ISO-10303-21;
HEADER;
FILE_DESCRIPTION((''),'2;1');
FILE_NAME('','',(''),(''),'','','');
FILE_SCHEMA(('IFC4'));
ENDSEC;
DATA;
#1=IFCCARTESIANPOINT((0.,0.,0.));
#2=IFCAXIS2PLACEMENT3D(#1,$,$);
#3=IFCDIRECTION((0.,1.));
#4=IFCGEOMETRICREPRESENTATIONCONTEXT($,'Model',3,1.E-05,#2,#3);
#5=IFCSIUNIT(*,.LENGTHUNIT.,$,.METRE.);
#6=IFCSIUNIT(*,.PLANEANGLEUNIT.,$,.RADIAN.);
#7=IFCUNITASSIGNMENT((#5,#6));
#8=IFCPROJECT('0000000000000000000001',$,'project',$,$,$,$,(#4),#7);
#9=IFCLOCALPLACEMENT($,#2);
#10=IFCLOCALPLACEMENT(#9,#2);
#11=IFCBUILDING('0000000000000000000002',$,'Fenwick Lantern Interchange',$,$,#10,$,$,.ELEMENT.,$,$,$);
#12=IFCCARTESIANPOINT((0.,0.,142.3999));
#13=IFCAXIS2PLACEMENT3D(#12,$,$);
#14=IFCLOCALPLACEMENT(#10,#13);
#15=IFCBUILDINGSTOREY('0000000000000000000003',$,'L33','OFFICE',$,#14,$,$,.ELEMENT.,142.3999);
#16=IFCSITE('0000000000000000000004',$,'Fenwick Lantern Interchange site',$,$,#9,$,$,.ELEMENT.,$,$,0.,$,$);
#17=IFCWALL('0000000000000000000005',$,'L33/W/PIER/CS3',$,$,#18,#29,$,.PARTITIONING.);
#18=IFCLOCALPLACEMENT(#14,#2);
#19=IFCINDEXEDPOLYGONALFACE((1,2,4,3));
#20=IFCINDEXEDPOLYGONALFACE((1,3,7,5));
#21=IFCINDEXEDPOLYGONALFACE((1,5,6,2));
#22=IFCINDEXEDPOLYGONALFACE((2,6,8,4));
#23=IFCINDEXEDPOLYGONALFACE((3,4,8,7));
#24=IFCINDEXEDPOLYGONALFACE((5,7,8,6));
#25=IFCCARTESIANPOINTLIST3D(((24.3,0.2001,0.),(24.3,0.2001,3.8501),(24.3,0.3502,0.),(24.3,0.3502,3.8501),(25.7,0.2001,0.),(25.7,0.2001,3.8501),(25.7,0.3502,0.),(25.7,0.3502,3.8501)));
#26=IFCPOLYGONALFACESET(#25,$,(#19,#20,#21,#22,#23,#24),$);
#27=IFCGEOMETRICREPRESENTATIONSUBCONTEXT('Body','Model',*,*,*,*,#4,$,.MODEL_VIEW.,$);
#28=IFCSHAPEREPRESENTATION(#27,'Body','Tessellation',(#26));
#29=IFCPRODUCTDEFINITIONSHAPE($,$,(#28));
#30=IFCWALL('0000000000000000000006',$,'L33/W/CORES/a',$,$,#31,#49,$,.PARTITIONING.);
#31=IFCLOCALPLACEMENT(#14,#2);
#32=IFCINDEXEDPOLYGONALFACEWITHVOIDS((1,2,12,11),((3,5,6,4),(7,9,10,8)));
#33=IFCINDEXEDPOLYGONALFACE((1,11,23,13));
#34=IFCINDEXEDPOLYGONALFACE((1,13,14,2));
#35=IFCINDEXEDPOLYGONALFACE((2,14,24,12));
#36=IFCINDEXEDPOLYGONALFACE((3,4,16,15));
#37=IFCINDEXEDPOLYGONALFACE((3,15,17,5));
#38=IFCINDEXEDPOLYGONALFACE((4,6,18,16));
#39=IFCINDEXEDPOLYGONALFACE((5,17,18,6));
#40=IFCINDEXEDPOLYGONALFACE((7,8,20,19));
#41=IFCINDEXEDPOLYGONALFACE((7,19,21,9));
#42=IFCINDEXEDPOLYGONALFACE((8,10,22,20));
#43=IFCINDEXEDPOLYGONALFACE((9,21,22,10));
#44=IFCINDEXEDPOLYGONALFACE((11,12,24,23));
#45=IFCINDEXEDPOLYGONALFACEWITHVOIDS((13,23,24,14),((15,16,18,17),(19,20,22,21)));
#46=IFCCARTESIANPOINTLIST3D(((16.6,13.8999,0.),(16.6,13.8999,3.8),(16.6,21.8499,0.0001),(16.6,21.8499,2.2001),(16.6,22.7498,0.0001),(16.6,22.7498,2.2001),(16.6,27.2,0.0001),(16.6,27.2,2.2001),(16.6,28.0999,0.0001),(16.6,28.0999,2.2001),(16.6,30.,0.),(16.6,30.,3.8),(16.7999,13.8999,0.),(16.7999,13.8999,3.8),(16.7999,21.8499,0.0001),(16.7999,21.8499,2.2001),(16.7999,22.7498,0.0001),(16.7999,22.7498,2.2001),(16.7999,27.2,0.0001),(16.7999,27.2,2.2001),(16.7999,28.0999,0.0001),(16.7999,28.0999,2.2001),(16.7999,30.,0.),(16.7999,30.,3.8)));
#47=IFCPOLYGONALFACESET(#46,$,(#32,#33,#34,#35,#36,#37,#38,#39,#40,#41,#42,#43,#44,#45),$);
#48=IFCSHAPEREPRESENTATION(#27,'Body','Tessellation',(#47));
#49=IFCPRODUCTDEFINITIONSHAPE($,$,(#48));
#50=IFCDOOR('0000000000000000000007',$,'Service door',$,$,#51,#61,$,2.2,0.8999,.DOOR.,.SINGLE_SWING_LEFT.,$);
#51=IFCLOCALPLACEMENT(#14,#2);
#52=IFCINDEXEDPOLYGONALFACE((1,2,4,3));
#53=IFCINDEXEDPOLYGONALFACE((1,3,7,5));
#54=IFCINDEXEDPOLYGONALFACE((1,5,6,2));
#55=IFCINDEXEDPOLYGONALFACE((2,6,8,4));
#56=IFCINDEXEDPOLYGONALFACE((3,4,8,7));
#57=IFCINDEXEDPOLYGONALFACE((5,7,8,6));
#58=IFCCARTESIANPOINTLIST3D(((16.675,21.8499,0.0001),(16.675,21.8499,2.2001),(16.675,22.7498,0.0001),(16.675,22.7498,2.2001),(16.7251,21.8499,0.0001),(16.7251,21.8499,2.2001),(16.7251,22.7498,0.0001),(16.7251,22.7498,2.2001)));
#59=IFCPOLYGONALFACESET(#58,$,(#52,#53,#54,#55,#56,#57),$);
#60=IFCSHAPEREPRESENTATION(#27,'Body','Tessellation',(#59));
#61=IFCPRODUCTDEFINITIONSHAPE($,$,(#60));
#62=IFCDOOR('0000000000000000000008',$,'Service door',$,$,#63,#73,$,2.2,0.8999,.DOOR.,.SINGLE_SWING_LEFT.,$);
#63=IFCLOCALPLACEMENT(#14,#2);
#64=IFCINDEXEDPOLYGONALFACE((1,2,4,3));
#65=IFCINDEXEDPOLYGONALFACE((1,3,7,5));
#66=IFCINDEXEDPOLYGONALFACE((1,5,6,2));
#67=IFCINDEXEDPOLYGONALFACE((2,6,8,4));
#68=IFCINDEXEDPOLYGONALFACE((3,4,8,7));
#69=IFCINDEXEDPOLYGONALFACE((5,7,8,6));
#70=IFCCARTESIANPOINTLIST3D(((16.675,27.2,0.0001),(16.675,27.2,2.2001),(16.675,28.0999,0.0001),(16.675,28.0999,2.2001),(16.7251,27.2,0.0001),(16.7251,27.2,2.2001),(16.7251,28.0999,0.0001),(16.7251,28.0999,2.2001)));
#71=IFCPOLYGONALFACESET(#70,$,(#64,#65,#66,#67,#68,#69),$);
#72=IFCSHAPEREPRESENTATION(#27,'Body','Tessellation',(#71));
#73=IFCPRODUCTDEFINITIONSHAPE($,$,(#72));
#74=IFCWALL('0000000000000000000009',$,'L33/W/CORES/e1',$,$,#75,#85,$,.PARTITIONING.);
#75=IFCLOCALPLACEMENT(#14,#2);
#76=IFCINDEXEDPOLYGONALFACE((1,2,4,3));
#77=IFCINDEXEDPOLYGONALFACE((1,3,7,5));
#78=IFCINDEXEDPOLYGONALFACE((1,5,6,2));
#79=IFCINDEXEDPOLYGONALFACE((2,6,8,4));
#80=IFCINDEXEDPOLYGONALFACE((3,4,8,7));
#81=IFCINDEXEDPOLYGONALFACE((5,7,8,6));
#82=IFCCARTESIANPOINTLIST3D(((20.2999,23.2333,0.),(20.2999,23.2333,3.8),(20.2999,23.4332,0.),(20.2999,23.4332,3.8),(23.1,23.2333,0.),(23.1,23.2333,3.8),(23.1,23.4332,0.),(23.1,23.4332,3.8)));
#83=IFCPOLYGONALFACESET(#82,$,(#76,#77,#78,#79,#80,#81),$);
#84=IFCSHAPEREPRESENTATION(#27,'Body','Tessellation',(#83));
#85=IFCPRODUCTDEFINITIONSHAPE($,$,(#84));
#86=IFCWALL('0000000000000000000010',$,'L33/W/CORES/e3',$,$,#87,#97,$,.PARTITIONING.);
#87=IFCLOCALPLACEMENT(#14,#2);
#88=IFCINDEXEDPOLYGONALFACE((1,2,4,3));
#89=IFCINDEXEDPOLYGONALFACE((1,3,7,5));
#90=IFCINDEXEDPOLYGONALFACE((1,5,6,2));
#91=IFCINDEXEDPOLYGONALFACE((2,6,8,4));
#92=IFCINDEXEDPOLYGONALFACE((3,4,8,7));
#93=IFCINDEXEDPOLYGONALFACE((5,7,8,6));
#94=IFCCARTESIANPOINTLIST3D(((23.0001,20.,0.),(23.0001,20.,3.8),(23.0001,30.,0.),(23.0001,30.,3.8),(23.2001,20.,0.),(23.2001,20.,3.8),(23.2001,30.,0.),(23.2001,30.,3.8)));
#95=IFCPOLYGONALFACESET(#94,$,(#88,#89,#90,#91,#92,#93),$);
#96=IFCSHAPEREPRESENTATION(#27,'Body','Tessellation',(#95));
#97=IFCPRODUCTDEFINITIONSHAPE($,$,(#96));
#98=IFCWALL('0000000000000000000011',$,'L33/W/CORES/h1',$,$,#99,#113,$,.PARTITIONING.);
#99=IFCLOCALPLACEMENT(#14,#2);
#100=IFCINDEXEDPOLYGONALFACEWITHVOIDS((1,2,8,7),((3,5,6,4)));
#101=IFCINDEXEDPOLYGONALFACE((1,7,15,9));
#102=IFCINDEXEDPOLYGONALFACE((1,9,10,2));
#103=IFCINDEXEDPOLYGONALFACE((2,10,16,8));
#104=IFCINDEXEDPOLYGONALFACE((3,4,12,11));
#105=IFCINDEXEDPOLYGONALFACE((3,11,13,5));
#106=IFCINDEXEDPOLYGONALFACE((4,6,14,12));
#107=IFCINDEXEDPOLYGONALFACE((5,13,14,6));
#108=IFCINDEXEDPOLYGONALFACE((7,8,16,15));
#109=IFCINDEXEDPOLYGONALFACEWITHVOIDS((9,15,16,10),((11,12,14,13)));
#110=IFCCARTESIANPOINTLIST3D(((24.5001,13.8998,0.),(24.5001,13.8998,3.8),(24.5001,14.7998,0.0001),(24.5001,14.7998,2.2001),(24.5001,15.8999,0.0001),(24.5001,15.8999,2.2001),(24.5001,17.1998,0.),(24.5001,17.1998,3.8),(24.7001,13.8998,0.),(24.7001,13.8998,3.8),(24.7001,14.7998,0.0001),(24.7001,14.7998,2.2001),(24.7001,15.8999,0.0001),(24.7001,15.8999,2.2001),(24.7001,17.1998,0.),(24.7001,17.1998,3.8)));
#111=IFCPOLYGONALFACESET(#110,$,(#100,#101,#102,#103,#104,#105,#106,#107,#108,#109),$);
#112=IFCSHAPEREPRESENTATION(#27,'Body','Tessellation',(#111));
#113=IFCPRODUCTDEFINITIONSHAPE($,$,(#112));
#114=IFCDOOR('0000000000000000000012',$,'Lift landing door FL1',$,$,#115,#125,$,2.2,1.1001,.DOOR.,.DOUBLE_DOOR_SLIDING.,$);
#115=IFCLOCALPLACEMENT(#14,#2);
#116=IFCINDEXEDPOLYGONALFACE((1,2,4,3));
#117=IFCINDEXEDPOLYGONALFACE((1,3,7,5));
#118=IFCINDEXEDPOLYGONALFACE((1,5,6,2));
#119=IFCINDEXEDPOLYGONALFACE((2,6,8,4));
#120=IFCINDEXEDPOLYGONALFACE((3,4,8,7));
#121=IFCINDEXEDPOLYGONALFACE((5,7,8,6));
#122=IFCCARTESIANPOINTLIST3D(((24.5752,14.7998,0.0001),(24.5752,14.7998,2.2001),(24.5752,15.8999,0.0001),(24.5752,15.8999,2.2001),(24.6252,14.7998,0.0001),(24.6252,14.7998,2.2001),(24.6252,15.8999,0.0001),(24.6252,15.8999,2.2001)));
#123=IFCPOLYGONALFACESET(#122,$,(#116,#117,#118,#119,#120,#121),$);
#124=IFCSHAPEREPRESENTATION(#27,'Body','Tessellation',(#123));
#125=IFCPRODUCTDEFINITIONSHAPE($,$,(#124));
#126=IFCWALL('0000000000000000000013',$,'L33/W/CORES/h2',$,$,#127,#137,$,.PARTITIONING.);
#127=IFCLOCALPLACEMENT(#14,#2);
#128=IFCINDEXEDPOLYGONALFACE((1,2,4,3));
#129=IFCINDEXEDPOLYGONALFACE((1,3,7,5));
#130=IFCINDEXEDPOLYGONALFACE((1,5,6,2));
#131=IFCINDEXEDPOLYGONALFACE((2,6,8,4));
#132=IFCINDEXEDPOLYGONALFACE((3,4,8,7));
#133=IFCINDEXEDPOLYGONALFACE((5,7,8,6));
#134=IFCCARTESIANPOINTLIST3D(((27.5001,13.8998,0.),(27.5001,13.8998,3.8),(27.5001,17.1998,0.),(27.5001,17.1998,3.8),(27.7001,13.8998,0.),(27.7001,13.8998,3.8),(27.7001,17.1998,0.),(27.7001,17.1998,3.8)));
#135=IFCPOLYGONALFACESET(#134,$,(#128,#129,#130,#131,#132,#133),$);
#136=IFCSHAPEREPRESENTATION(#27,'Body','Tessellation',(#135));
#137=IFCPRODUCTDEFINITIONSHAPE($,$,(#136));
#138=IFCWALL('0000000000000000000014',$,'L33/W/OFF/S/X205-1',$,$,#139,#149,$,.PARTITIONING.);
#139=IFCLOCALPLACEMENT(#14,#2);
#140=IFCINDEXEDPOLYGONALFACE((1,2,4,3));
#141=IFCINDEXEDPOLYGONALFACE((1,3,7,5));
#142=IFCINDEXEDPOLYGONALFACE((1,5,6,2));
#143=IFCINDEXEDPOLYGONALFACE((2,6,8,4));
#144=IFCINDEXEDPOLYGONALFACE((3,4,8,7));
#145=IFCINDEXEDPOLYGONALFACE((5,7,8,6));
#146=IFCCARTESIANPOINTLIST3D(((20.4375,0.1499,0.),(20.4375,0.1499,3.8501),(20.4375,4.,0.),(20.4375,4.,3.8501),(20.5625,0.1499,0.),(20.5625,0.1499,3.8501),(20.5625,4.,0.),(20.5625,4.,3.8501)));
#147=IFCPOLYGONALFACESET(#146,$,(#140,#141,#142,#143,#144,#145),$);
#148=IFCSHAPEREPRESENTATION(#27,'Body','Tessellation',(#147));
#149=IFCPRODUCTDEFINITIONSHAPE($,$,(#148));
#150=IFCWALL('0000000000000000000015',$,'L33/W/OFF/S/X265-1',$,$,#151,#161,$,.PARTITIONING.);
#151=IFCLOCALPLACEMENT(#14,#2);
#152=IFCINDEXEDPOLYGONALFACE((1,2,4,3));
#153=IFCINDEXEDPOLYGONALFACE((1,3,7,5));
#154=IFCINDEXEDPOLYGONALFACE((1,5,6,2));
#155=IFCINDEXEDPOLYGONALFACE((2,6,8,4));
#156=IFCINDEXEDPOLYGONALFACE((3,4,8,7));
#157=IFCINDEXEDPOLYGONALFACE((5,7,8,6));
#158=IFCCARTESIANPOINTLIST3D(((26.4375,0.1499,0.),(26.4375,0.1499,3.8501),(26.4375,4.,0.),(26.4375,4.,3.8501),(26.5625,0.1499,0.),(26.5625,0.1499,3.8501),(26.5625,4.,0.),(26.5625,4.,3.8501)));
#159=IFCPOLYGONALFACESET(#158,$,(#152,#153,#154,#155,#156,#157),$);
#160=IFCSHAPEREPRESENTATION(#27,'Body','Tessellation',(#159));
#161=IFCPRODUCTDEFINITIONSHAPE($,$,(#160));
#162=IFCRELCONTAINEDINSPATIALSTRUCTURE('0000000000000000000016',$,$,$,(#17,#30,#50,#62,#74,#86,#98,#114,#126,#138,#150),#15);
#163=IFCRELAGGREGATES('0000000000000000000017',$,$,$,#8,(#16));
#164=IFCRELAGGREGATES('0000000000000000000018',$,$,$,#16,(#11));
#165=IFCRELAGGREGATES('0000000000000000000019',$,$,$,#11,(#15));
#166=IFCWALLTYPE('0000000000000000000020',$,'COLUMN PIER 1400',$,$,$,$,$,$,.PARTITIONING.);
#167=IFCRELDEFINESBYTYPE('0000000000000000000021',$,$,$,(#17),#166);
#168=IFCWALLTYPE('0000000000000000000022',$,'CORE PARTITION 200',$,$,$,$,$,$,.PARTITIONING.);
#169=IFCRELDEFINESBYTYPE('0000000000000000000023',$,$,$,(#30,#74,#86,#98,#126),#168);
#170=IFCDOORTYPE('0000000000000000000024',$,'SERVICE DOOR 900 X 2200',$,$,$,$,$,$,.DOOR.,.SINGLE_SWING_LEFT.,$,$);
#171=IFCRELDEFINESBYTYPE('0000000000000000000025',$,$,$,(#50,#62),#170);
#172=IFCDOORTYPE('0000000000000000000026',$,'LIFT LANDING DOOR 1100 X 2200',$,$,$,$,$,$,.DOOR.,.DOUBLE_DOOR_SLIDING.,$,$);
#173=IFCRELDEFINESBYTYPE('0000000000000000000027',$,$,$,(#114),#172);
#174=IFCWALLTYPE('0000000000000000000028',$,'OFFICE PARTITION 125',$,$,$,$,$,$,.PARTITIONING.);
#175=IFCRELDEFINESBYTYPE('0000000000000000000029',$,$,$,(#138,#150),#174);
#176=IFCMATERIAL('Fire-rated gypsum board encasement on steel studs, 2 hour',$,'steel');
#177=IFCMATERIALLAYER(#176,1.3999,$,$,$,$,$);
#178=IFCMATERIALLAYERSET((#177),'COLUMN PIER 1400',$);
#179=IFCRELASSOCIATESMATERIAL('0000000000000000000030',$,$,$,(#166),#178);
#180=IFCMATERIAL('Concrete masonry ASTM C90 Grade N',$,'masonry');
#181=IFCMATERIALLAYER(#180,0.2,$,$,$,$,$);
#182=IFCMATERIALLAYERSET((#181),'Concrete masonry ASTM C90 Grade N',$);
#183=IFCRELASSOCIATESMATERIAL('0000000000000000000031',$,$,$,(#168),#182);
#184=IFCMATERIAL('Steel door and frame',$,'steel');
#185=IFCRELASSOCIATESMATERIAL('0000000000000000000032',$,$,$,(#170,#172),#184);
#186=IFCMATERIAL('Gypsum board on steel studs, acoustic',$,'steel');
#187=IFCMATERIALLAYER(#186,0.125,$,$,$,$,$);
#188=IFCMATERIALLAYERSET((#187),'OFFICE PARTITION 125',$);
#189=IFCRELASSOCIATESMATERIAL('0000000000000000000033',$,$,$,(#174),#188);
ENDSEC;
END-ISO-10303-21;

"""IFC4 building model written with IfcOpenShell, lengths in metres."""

from ifc_helpers import new_model, si_unit, direction, frame, frame_2d, origin, place, context, subcontext, project, spatial, rectangle, extrude, material, layer, layer_set, type_object, element, fill, save


model = new_model("IFC4")

# Units and contexts
model_context = context("Model", 3, precision=1e-05, world=origin(), true_north=direction((0.0, 1.0)))
body_context = subcontext(model_context, "Body", "Model", "MODEL_VIEW")
ifc_project = project(units=[si_unit("LENGTHUNIT", "METRE"), si_unit("PLANEANGLEUNIT", "RADIAN")], contexts=[model_context])

# Site, building, storey
site_placement = place(None, origin())
site = spatial("IfcSite", under=ifc_project, at=site_placement, Name="Fenwick Lantern Interchange site", CompositionType="ELEMENT", RefElevation=0.0)
building_placement = place(site_placement, origin())
building = spatial("IfcBuilding", under=site, at=building_placement, Name="Fenwick Lantern Interchange", CompositionType="ELEMENT")
storey_placement = place(building_placement, frame((0.0, 0.0, 142.3999)))
storey = spatial("IfcBuildingStorey", under=building, at=storey_placement, Name="L33", Description="OFFICE", CompositionType="ELEMENT", Elevation=142.3999)

# Wall
ifc_material_1 = material(Name="Fire-rated gypsum board encasement on steel studs, 2 hour", Category="steel")
ifc_layer_1 = layer(ifc_material_1, 1.3999)
ifc_layer_set_1 = layer_set([ifc_layer_1], Name="COLUMN PIER 1400")
wall_type_1 = type_object("IfcWallType", Name="COLUMN PIER 1400", PredefinedType="PARTITIONING", material=ifc_layer_set_1)
wall_1_placement = place(storey_placement, frame((25.0, 0.2, 0.0), z_axis=(0.0, 0.0, 1.0), x_axis=(0.0, 1.0, 0.0)))
element("IfcWall", 1, at=wall_1_placement, inside=storey, type_object=wall_type_1, Name="L33/W/PIER/CS3", PredefinedType="PARTITIONING", context=body_context, shape_type="SweptSolid", body=[
    extrude(rectangle(XDim=0.1501, YDim=1.3999, at=frame_2d((0.0752, 0.0))), origin(), (0.0, 0.0, 1.0), 3.8501),
])

# Wall, openings, doors
ifc_material_2 = material(Name="Concrete masonry ASTM C90 Grade N", Category="masonry")
ifc_layer_2 = layer(ifc_material_2, 0.2)
ifc_layer_set_2 = layer_set([ifc_layer_2], Name="Concrete masonry ASTM C90 Grade N")
wall_type_2 = type_object("IfcWallType", Name="CORE PARTITION 200", PredefinedType="PARTITIONING", material=ifc_layer_set_2)
wall_2_placement = place(storey_placement, frame((16.7, 13.8999, 0.0), z_axis=(0.0, 0.0, 1.0), x_axis=(0.0, 1.0, 0.0)))
wall_2 = element("IfcWall", 2, at=wall_2_placement, inside=storey, type_object=wall_type_2, Name="L33/W/CORES/a", PredefinedType="PARTITIONING", context=body_context, shape_type="SweptSolid", body=[
    extrude(rectangle(XDim=16.1001, YDim=0.2, at=frame_2d((8.05, 0.0))), origin(), (0.0, 0.0, 1.0), 3.8),
])
opening_1_placement = place(wall_2_placement, frame((7.95, 0.0, 0.0)))
opening_1 = element("IfcOpeningElement", 3, at=opening_1_placement, cuts=wall_2, PredefinedType="OPENING", context=body_context, shape_type="SweptSolid", body=[
    extrude(rectangle(XDim=0.8999, YDim=2.2, at=frame_2d((0.45, 1.1001))), frame((0.0, 0.1099, 0.0), z_axis=(0.0, -1.0, 0.0), x_axis=(1.0, 0.0, 0.0)), (0.0, 0.0, 1.0), 0.22),
])
opening_2_placement = place(wall_2_placement, frame((13.3, 0.0, 0.0)))
opening_2 = element("IfcOpeningElement", 4, at=opening_2_placement, cuts=wall_2, PredefinedType="OPENING", context=body_context, shape_type="SweptSolid", body=[
    extrude(rectangle(XDim=0.8999, YDim=2.2, at=frame_2d((0.45, 1.1001))), frame((0.0, 0.1099, 0.0), z_axis=(0.0, -1.0, 0.0), x_axis=(1.0, 0.0, 0.0)), (0.0, 0.0, 1.0), 0.22),
])
ifc_material_3 = material(Name="Steel door and frame", Category="steel")
door_type_1 = type_object("IfcDoorType", Name="SERVICE DOOR 900 X 2200", OperationType="SINGLE_SWING_LEFT", PredefinedType="DOOR", material=ifc_material_3)
door_1_placement = place(opening_1_placement, origin())
door_1 = element("IfcDoor", 5, at=door_1_placement, inside=storey, type_object=door_type_1, Name="Service door", OperationType="SINGLE_SWING_LEFT", OverallHeight=2.2, OverallWidth=0.8999, PredefinedType="DOOR", context=body_context, shape_type="SweptSolid", body=[
    extrude(rectangle(XDim=0.8999, YDim=2.2, at=frame_2d((0.45, 1.1001))), frame((0.0, 0.0249, 0.0), z_axis=(0.0, -1.0, 0.0), x_axis=(1.0, 0.0, 0.0)), (0.0, 0.0, 1.0), 0.05),
])
fill(opening_1, door_1)
door_2_placement = place(opening_2_placement, origin())
door_2 = element("IfcDoor", 6, at=door_2_placement, inside=storey, type_object=door_type_1, Name="Service door", OperationType="SINGLE_SWING_LEFT", OverallHeight=2.2, OverallWidth=0.8999, PredefinedType="DOOR", context=body_context, shape_type="SweptSolid", body=[
    extrude(rectangle(XDim=0.8999, YDim=2.2, at=frame_2d((0.45, 1.1001))), frame((0.0, 0.0249, 0.0), z_axis=(0.0, -1.0, 0.0), x_axis=(1.0, 0.0, 0.0)), (0.0, 0.0, 1.0), 0.05),
])
fill(opening_2, door_2)

# Walls
wall_3_placement = place(storey_placement, frame((20.3, 23.3333, 0.0), z_axis=(0.0, 0.0, 1.0), x_axis=(1.0, 0.0, 0.0)))
element("IfcWall", 7, at=wall_3_placement, inside=storey, type_object=wall_type_2, Name="L33/W/CORES/e1", PredefinedType="PARTITIONING", context=body_context, shape_type="SweptSolid", body=[
    extrude(rectangle(XDim=2.8, YDim=0.2, at=frame_2d((1.3999, 0.0))), origin(), (0.0, 0.0, 1.0), 3.8),
])
wall_4_placement = place(storey_placement, frame((23.1001, 20.0, 0.0), z_axis=(0.0, 0.0, 1.0), x_axis=(0.0, 1.0, 0.0)))
element("IfcWall", 8, at=wall_4_placement, inside=storey, type_object=wall_type_2, Name="L33/W/CORES/e3", PredefinedType="PARTITIONING", context=body_context, shape_type="SweptSolid", body=[
    extrude(rectangle(XDim=10.0, YDim=0.2, at=frame_2d((5.0, 0.0))), origin(), (0.0, 0.0, 1.0), 3.8),
])

# Wall, opening, door
wall_5_placement = place(storey_placement, frame((24.6001, 13.8999, 0.0), z_axis=(0.0, 0.0, 1.0), x_axis=(0.0, 1.0, 0.0)))
wall_5 = element("IfcWall", 9, at=wall_5_placement, inside=storey, type_object=wall_type_2, Name="L33/W/CORES/h1", PredefinedType="PARTITIONING", context=body_context, shape_type="SweptSolid", body=[
    extrude(rectangle(XDim=3.3, YDim=0.2, at=frame_2d((1.6499, 0.0))), origin(), (0.0, 0.0, 1.0), 3.8),
])
opening_3_placement = place(wall_5_placement, frame((0.8999, 0.0, 0.0)))
opening_3 = element("IfcOpeningElement", 10, at=opening_3_placement, cuts=wall_5, PredefinedType="OPENING", context=body_context, shape_type="SweptSolid", body=[
    extrude(rectangle(XDim=1.1001, YDim=2.2, at=frame_2d((0.55, 1.1001))), frame((0.0, 0.1099, 0.0), z_axis=(0.0, -1.0, 0.0), x_axis=(1.0, 0.0, 0.0)), (0.0, 0.0, 1.0), 0.22),
])
door_type_2 = type_object("IfcDoorType", Name="LIFT LANDING DOOR 1100 X 2200", OperationType="DOUBLE_DOOR_SLIDING", PredefinedType="DOOR", material=ifc_material_3)
door_3_placement = place(opening_3_placement, origin())
door_3 = element("IfcDoor", 11, at=door_3_placement, inside=storey, type_object=door_type_2, Name="Lift landing door FL1", OperationType="DOUBLE_DOOR_SLIDING", OverallHeight=2.2, OverallWidth=1.1001, PredefinedType="DOOR", context=body_context, shape_type="SweptSolid", body=[
    extrude(rectangle(XDim=1.1001, YDim=2.2, at=frame_2d((0.55, 1.1001))), frame((0.0, 0.0249, 0.0), z_axis=(0.0, -1.0, 0.0), x_axis=(1.0, 0.0, 0.0)), (0.0, 0.0, 1.0), 0.05),
])
fill(opening_3, door_3)

# Walls
wall_6_placement = place(storey_placement, frame((27.6001, 13.8999, 0.0), z_axis=(0.0, 0.0, 1.0), x_axis=(0.0, 1.0, 0.0)))
element("IfcWall", 12, at=wall_6_placement, inside=storey, type_object=wall_type_2, Name="L33/W/CORES/h2", PredefinedType="PARTITIONING", context=body_context, shape_type="SweptSolid", body=[
    extrude(rectangle(XDim=3.3, YDim=0.2, at=frame_2d((1.6499, 0.0))), origin(), (0.0, 0.0, 1.0), 3.8),
])
ifc_material_4 = material(Name="Gypsum board on steel studs, acoustic", Category="steel")
ifc_layer_3 = layer(ifc_material_4, 0.125)
ifc_layer_set_3 = layer_set([ifc_layer_3], Name="OFFICE PARTITION 125")
wall_type_3 = type_object("IfcWallType", Name="OFFICE PARTITION 125", PredefinedType="PARTITIONING", material=ifc_layer_set_3)
for number, where, z_axis, x_axis, name in (
    (13, (20.5, 0.1499, 0.0), (0.0, 0.0, 1.0), (0.0, 1.0, 0.0), "L33/W/OFF/S/X205-1"),
    (14, (26.5, 0.1499, 0.0), (0.0, 0.0, 1.0), (0.0, 1.0, 0.0), "L33/W/OFF/S/X265-1"),
):
    element("IfcWall", number, at=place(storey_placement, frame(where, z_axis=z_axis, x_axis=x_axis)), inside=storey, type_object=wall_type_3, Name=name, PredefinedType="PARTITIONING", context=body_context, shape_type="SweptSolid", body=[
        extrude(rectangle(XDim=3.8501, YDim=0.125, at=frame_2d((1.925, 0.0))), origin(), (0.0, 0.0, 1.0), 3.8501),
    ])

save(model, "model.ifc")
